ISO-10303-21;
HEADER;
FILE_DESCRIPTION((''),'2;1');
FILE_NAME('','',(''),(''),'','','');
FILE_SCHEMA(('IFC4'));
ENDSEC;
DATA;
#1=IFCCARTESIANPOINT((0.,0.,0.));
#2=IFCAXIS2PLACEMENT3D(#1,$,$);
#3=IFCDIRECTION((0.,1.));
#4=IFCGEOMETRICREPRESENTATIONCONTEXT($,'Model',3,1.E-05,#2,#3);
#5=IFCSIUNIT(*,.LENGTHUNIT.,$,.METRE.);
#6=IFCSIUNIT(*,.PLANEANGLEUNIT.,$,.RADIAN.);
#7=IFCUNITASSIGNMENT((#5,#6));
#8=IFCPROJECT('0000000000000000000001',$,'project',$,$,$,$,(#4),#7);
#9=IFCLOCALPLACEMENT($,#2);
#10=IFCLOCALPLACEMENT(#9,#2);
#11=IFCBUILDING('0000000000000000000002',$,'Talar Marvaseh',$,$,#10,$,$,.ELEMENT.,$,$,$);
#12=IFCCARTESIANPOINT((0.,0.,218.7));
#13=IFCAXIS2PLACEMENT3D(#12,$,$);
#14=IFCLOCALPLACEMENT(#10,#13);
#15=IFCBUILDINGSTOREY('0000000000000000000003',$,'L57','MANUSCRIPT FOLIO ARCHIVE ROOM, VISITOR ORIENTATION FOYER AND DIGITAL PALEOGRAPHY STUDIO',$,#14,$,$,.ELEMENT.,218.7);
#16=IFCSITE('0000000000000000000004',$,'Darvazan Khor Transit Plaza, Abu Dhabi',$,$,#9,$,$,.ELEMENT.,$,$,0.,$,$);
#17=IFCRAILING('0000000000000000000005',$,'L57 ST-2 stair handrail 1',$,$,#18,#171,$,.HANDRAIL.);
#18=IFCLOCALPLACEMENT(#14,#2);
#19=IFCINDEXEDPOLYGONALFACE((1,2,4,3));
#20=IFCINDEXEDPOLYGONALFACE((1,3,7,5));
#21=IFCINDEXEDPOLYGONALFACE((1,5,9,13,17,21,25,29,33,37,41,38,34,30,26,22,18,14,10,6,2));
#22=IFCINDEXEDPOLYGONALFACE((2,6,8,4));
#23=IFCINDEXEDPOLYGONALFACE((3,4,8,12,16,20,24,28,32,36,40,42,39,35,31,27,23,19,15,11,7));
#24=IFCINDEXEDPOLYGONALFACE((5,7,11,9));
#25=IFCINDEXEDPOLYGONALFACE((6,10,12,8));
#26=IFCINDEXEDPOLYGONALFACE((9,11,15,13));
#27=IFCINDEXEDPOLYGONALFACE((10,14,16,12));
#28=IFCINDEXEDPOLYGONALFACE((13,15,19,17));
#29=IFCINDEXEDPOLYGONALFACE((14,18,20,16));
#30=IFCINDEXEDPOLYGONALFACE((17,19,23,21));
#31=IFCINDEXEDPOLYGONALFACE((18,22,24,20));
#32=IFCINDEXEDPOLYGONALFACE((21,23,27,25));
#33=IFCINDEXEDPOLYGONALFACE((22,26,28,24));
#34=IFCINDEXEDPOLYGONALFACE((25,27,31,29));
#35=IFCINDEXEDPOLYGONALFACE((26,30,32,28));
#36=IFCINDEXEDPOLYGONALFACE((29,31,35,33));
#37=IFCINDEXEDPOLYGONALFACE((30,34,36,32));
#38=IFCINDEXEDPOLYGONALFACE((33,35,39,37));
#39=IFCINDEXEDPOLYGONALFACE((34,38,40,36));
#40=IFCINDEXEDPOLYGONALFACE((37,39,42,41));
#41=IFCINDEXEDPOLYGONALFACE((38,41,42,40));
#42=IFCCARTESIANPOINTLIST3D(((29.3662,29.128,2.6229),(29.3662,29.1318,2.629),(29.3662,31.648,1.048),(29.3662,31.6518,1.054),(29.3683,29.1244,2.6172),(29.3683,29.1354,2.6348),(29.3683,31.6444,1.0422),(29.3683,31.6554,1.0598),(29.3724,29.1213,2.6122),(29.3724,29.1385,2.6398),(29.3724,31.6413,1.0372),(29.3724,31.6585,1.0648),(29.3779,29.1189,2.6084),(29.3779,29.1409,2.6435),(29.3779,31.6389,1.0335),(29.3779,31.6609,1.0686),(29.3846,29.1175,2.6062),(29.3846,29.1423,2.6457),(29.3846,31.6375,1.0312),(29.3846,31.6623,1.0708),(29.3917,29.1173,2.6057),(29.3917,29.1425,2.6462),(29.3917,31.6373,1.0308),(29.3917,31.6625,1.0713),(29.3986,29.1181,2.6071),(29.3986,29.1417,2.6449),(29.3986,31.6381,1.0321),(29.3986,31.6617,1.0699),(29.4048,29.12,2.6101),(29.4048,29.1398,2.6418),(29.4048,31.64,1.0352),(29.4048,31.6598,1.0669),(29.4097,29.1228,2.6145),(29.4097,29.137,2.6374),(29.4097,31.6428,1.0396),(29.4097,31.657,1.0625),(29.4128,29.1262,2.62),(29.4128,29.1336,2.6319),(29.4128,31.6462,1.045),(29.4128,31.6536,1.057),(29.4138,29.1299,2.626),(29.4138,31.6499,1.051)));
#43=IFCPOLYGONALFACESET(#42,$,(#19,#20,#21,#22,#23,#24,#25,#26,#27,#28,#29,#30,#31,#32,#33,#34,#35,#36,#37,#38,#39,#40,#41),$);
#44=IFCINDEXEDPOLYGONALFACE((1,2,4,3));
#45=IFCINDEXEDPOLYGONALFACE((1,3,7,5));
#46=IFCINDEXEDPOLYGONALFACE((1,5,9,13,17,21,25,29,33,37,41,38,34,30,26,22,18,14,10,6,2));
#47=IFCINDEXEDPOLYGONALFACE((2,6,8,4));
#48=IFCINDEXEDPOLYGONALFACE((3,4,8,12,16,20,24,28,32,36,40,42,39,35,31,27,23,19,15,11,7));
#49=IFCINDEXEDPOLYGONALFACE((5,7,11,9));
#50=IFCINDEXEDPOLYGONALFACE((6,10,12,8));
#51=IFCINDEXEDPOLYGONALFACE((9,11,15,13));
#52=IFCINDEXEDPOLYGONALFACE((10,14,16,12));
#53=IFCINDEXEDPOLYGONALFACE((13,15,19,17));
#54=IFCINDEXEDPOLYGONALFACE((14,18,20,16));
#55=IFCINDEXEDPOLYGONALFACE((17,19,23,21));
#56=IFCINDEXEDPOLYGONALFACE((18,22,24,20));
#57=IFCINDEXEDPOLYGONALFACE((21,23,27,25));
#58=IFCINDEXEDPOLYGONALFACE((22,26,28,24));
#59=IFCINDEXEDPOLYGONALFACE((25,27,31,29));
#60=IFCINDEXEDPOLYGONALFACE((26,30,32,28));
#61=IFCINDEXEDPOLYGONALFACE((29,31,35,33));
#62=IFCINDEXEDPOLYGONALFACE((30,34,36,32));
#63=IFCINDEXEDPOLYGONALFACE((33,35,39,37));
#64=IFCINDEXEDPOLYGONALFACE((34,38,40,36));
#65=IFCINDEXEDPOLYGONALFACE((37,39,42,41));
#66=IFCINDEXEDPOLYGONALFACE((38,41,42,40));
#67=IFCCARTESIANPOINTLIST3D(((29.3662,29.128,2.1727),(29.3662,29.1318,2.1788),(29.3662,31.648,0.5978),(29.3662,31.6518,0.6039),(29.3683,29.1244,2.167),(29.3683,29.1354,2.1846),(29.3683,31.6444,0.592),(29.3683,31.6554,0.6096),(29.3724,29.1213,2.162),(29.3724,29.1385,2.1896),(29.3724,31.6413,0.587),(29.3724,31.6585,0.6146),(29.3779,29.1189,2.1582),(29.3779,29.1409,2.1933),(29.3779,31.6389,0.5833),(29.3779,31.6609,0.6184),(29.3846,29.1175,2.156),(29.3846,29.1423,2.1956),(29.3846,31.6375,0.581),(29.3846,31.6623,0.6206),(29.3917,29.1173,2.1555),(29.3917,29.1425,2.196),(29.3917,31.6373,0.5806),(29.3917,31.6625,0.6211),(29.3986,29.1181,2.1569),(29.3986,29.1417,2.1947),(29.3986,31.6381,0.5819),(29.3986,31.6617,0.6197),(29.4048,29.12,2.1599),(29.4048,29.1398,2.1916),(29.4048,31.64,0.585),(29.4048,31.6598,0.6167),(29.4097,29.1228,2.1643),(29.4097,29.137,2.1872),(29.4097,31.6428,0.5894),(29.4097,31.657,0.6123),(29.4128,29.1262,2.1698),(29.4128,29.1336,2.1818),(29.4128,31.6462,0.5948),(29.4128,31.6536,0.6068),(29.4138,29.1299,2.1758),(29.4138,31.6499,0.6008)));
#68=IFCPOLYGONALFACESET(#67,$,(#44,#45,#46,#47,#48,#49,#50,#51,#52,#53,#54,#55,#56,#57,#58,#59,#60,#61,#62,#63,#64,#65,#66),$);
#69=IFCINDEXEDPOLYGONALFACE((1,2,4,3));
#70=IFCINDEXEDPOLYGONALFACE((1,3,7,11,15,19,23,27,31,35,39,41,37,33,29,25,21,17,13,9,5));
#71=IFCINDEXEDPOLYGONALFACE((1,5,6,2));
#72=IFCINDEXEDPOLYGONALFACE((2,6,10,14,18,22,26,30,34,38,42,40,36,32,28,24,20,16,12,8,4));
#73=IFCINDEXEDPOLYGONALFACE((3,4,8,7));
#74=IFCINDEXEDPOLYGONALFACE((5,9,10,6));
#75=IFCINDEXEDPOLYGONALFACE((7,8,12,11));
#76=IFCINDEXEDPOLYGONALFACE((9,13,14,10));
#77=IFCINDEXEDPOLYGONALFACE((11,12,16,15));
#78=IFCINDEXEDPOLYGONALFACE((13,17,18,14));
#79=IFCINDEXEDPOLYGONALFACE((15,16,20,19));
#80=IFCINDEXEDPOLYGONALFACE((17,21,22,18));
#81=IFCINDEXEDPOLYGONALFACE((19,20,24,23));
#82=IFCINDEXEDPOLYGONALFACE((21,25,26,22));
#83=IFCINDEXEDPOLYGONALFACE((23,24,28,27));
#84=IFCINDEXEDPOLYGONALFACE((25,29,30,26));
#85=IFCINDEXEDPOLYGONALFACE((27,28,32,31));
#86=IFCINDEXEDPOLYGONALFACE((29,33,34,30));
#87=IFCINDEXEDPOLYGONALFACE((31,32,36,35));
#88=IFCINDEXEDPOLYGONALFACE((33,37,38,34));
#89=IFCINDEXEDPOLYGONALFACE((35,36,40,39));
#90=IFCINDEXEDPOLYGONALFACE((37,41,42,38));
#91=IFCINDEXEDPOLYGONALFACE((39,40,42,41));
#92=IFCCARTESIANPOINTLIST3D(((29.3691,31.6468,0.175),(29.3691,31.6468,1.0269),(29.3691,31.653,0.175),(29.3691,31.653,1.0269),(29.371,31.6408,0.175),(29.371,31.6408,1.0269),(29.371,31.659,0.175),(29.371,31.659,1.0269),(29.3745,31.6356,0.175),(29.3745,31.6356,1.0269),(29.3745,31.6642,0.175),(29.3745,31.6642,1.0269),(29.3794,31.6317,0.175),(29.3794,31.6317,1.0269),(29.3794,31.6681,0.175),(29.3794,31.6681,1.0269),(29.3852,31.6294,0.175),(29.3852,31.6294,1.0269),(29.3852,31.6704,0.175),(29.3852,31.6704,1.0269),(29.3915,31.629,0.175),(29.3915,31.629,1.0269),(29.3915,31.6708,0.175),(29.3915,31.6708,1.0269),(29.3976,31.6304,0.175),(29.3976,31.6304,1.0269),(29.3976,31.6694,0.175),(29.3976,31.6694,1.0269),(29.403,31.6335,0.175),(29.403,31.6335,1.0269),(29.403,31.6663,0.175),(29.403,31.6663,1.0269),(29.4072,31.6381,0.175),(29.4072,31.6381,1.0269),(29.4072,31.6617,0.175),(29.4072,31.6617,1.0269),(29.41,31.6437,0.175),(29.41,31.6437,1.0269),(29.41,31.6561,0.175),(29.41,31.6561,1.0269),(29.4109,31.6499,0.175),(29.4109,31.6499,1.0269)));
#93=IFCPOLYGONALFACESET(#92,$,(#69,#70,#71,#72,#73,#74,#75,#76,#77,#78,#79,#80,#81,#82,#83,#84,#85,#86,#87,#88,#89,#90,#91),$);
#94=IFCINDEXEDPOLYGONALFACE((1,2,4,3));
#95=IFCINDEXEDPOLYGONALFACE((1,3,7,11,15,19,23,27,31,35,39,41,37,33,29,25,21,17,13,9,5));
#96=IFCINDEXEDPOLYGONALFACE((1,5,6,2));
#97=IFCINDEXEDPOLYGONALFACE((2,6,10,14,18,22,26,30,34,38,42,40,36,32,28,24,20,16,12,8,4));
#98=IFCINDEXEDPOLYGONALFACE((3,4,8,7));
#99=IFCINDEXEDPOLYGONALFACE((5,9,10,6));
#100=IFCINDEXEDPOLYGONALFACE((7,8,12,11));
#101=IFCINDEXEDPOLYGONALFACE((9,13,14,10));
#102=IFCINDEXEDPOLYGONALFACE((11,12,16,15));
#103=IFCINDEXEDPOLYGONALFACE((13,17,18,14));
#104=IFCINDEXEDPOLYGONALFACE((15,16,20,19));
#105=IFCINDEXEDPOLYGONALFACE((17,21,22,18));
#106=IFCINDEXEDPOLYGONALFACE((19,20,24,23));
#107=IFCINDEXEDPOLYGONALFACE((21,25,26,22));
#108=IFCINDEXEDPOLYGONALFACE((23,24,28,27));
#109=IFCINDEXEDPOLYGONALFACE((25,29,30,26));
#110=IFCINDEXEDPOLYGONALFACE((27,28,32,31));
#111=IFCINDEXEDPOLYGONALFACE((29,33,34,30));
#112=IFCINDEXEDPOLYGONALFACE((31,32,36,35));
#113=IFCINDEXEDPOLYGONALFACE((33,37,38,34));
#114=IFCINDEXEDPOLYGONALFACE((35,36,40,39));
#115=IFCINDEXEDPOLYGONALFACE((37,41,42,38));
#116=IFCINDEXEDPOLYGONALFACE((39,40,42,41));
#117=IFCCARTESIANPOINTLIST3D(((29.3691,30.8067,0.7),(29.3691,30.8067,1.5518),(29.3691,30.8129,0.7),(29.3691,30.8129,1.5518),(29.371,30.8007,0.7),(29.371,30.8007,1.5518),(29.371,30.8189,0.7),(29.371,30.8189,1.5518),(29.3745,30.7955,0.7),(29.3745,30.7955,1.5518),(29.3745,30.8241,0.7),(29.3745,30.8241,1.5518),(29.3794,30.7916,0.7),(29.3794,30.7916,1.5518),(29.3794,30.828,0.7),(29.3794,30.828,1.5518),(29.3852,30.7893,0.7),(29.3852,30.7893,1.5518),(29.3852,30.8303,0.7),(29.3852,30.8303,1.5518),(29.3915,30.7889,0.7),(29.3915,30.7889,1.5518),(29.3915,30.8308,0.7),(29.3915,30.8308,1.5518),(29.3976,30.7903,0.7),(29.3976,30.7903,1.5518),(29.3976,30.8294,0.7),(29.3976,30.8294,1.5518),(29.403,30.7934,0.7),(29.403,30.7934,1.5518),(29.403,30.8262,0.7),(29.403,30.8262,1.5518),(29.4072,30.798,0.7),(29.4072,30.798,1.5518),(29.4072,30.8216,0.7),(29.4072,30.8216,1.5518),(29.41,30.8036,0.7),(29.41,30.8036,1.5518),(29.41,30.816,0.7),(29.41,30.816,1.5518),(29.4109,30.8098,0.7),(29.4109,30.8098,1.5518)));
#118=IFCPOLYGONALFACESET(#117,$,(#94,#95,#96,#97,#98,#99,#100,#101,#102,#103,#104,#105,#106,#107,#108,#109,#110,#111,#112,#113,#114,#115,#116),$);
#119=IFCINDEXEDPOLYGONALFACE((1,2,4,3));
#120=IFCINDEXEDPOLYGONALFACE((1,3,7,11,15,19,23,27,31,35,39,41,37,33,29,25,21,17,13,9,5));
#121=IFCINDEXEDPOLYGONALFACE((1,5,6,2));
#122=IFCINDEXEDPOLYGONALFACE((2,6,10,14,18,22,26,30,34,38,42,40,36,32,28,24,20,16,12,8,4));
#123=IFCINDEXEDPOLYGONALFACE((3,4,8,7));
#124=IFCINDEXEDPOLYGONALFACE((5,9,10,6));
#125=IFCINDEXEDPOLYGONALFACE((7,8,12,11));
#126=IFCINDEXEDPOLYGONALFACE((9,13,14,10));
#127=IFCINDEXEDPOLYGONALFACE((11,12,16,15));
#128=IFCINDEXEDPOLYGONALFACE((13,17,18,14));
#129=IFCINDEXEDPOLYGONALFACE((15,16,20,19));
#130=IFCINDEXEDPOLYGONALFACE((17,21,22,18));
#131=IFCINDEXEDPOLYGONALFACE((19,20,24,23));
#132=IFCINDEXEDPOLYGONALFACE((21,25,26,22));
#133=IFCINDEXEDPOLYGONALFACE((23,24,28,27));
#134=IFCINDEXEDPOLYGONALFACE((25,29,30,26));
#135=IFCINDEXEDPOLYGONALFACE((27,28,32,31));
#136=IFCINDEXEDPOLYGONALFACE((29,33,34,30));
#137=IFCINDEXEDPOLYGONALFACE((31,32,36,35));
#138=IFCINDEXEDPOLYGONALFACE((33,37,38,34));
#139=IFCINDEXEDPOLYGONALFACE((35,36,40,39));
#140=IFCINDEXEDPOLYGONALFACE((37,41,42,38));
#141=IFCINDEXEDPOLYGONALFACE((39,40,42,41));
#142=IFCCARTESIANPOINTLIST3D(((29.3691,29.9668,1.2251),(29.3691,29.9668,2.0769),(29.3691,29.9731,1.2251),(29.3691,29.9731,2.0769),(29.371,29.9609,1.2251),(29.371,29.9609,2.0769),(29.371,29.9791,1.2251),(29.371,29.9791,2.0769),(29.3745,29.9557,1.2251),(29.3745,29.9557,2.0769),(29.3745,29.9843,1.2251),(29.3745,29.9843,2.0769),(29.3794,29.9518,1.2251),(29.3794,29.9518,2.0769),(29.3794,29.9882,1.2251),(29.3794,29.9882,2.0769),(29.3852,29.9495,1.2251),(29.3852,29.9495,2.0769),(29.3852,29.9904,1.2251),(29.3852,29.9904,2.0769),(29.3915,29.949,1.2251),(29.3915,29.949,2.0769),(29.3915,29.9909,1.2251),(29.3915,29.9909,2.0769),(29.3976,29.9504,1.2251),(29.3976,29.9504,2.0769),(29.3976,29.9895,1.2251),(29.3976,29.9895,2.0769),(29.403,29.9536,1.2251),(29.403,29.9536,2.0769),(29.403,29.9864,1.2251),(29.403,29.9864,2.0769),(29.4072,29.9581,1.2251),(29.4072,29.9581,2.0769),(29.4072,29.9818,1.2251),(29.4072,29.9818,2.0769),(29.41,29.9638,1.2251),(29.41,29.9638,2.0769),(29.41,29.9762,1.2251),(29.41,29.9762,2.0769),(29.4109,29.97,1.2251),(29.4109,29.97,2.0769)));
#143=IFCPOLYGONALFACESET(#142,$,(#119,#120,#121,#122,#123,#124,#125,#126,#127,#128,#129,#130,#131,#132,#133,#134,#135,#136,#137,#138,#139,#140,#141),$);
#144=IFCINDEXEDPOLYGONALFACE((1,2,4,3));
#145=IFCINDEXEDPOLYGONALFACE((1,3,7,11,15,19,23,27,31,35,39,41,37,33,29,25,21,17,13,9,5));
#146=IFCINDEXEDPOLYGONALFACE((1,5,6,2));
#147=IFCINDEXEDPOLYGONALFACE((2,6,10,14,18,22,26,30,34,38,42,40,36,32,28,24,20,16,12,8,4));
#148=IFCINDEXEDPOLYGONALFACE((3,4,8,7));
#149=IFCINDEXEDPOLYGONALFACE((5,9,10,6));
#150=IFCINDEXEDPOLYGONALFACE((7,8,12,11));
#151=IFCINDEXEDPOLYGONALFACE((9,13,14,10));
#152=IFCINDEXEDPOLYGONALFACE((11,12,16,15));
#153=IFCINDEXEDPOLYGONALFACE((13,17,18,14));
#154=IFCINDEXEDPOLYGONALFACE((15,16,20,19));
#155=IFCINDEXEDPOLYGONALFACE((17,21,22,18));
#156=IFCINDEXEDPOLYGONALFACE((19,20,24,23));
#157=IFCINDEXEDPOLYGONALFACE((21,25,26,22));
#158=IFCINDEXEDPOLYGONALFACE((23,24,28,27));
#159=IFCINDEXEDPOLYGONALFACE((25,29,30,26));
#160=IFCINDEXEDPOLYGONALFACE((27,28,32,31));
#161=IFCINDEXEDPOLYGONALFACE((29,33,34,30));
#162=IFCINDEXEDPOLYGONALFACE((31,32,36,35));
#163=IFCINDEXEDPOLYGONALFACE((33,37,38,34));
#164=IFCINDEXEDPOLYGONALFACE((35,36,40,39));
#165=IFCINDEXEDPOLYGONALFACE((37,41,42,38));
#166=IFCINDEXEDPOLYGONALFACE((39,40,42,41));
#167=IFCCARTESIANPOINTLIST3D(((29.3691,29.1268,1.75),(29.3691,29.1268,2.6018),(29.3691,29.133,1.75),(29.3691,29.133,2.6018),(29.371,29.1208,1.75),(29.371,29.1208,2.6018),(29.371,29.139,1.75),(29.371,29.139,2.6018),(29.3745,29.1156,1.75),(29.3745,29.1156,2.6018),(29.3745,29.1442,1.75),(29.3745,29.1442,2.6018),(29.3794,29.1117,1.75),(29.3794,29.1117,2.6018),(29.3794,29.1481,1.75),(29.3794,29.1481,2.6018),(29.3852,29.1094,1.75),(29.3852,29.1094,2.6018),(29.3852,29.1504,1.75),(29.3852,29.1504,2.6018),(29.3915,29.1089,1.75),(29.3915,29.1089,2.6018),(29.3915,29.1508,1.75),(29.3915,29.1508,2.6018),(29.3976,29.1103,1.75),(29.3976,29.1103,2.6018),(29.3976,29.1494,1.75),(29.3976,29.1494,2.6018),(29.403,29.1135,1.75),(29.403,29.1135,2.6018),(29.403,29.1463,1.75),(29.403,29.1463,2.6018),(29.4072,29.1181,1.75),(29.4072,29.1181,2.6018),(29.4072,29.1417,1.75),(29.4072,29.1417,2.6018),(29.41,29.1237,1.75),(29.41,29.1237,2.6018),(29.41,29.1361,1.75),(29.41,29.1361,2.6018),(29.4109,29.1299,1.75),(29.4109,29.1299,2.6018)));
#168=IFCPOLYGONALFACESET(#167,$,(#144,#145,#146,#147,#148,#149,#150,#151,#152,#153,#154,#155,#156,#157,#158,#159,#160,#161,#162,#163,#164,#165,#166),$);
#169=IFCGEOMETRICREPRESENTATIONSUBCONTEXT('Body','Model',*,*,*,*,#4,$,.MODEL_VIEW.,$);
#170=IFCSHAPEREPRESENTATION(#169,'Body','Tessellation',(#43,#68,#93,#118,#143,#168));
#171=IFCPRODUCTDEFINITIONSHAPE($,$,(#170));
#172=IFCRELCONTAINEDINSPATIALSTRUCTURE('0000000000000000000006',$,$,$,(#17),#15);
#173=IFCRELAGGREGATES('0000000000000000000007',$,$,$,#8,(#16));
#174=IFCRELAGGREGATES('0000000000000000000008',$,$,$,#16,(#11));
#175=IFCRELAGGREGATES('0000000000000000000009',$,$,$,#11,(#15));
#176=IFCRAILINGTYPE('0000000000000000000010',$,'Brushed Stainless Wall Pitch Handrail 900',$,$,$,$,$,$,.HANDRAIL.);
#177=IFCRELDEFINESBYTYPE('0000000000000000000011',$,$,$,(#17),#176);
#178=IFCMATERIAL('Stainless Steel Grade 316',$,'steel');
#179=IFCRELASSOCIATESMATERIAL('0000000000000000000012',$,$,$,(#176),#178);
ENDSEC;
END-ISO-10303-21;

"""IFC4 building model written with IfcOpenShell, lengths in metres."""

from ifc_helpers import new_model, si_unit, direction, frame, origin, origin_2d, place, context, subcontext, project, spatial, circle, extrude, material, type_object, element, save


model = new_model("IFC4")

# Units and contexts
model_context = context("Model", 3, precision=1e-05, world=origin(), true_north=direction((0.0, 1.0)))
body_context = subcontext(model_context, "Body", "Model", "MODEL_VIEW")
ifc_project = project(units=[si_unit("LENGTHUNIT", "METRE"), si_unit("PLANEANGLEUNIT", "RADIAN")], contexts=[model_context])

# Site, building, storey
site_placement = place(None, origin())
site = spatial("IfcSite", under=ifc_project, at=site_placement, Name="Darvazan Khor Transit Plaza, Abu Dhabi", CompositionType="ELEMENT", RefElevation=0.0)
building_placement = place(site_placement, origin())
building = spatial("IfcBuilding", under=site, at=building_placement, Name="Talar Marvaseh", CompositionType="ELEMENT")
storey_placement = place(building_placement, frame((0.0, 0.0, 218.7)))
storey = spatial("IfcBuildingStorey", under=building, at=storey_placement, Name="L57", Description="MANUSCRIPT FOLIO ARCHIVE ROOM, VISITOR ORIENTATION FOYER AND DIGITAL PALEOGRAPHY STUDIO", CompositionType="ELEMENT", Elevation=218.7)

# Shared definitions
ifc_material_1 = material(Name="Stainless Steel Grade 316", Category="steel")

# Railing
railing_type_1 = type_object("IfcRailingType", Name="Brushed Stainless Wall Pitch Handrail 900", PredefinedType="HANDRAIL", material=ifc_material_1)
railing_1_placement = place(storey_placement, frame((29.3899, 31.6499, 0.175)))
element("IfcRailing", 1, at=railing_1_placement, inside=storey, type_object=railing_type_1, Name="L57 ST-2 stair handrail 1", PredefinedType="HANDRAIL", context=body_context, shape_type="SweptSolid", body=[
    extrude(circle(Radius=0.0239, at=origin_2d()), frame((0.0, 0.0, 0.876), z_axis=(0.0, -0.848008, 0.529984), x_axis=(1.0, 0.0, 0.0)), (0.0, 0.0, 1.0), 2.9717),
    extrude(circle(Radius=0.0239, at=origin_2d()), frame((0.0, 0.0, 0.4258), z_axis=(0.0, -0.848008, 0.529984), x_axis=(1.0, 0.0, 0.0)), (0.0, 0.0, 1.0), 2.9717),
    extrude(circle(Radius=0.021, at=origin_2d()), origin(), (0.0, 0.0, 1.0), 0.8518),
    extrude(circle(Radius=0.021, at=origin_2d()), frame((0.0, -0.8401, 0.5249)), (0.0, 0.0, 1.0), 0.8518),
    extrude(circle(Radius=0.021, at=origin_2d()), frame((0.0, -1.6799, 1.05)), (0.0, 0.0, 1.0), 0.8518),
    extrude(circle(Radius=0.021, at=origin_2d()), frame((0.0, -2.52, 1.575)), (0.0, 0.0, 1.0), 0.8518),
])

save(model, "model.ifc")
